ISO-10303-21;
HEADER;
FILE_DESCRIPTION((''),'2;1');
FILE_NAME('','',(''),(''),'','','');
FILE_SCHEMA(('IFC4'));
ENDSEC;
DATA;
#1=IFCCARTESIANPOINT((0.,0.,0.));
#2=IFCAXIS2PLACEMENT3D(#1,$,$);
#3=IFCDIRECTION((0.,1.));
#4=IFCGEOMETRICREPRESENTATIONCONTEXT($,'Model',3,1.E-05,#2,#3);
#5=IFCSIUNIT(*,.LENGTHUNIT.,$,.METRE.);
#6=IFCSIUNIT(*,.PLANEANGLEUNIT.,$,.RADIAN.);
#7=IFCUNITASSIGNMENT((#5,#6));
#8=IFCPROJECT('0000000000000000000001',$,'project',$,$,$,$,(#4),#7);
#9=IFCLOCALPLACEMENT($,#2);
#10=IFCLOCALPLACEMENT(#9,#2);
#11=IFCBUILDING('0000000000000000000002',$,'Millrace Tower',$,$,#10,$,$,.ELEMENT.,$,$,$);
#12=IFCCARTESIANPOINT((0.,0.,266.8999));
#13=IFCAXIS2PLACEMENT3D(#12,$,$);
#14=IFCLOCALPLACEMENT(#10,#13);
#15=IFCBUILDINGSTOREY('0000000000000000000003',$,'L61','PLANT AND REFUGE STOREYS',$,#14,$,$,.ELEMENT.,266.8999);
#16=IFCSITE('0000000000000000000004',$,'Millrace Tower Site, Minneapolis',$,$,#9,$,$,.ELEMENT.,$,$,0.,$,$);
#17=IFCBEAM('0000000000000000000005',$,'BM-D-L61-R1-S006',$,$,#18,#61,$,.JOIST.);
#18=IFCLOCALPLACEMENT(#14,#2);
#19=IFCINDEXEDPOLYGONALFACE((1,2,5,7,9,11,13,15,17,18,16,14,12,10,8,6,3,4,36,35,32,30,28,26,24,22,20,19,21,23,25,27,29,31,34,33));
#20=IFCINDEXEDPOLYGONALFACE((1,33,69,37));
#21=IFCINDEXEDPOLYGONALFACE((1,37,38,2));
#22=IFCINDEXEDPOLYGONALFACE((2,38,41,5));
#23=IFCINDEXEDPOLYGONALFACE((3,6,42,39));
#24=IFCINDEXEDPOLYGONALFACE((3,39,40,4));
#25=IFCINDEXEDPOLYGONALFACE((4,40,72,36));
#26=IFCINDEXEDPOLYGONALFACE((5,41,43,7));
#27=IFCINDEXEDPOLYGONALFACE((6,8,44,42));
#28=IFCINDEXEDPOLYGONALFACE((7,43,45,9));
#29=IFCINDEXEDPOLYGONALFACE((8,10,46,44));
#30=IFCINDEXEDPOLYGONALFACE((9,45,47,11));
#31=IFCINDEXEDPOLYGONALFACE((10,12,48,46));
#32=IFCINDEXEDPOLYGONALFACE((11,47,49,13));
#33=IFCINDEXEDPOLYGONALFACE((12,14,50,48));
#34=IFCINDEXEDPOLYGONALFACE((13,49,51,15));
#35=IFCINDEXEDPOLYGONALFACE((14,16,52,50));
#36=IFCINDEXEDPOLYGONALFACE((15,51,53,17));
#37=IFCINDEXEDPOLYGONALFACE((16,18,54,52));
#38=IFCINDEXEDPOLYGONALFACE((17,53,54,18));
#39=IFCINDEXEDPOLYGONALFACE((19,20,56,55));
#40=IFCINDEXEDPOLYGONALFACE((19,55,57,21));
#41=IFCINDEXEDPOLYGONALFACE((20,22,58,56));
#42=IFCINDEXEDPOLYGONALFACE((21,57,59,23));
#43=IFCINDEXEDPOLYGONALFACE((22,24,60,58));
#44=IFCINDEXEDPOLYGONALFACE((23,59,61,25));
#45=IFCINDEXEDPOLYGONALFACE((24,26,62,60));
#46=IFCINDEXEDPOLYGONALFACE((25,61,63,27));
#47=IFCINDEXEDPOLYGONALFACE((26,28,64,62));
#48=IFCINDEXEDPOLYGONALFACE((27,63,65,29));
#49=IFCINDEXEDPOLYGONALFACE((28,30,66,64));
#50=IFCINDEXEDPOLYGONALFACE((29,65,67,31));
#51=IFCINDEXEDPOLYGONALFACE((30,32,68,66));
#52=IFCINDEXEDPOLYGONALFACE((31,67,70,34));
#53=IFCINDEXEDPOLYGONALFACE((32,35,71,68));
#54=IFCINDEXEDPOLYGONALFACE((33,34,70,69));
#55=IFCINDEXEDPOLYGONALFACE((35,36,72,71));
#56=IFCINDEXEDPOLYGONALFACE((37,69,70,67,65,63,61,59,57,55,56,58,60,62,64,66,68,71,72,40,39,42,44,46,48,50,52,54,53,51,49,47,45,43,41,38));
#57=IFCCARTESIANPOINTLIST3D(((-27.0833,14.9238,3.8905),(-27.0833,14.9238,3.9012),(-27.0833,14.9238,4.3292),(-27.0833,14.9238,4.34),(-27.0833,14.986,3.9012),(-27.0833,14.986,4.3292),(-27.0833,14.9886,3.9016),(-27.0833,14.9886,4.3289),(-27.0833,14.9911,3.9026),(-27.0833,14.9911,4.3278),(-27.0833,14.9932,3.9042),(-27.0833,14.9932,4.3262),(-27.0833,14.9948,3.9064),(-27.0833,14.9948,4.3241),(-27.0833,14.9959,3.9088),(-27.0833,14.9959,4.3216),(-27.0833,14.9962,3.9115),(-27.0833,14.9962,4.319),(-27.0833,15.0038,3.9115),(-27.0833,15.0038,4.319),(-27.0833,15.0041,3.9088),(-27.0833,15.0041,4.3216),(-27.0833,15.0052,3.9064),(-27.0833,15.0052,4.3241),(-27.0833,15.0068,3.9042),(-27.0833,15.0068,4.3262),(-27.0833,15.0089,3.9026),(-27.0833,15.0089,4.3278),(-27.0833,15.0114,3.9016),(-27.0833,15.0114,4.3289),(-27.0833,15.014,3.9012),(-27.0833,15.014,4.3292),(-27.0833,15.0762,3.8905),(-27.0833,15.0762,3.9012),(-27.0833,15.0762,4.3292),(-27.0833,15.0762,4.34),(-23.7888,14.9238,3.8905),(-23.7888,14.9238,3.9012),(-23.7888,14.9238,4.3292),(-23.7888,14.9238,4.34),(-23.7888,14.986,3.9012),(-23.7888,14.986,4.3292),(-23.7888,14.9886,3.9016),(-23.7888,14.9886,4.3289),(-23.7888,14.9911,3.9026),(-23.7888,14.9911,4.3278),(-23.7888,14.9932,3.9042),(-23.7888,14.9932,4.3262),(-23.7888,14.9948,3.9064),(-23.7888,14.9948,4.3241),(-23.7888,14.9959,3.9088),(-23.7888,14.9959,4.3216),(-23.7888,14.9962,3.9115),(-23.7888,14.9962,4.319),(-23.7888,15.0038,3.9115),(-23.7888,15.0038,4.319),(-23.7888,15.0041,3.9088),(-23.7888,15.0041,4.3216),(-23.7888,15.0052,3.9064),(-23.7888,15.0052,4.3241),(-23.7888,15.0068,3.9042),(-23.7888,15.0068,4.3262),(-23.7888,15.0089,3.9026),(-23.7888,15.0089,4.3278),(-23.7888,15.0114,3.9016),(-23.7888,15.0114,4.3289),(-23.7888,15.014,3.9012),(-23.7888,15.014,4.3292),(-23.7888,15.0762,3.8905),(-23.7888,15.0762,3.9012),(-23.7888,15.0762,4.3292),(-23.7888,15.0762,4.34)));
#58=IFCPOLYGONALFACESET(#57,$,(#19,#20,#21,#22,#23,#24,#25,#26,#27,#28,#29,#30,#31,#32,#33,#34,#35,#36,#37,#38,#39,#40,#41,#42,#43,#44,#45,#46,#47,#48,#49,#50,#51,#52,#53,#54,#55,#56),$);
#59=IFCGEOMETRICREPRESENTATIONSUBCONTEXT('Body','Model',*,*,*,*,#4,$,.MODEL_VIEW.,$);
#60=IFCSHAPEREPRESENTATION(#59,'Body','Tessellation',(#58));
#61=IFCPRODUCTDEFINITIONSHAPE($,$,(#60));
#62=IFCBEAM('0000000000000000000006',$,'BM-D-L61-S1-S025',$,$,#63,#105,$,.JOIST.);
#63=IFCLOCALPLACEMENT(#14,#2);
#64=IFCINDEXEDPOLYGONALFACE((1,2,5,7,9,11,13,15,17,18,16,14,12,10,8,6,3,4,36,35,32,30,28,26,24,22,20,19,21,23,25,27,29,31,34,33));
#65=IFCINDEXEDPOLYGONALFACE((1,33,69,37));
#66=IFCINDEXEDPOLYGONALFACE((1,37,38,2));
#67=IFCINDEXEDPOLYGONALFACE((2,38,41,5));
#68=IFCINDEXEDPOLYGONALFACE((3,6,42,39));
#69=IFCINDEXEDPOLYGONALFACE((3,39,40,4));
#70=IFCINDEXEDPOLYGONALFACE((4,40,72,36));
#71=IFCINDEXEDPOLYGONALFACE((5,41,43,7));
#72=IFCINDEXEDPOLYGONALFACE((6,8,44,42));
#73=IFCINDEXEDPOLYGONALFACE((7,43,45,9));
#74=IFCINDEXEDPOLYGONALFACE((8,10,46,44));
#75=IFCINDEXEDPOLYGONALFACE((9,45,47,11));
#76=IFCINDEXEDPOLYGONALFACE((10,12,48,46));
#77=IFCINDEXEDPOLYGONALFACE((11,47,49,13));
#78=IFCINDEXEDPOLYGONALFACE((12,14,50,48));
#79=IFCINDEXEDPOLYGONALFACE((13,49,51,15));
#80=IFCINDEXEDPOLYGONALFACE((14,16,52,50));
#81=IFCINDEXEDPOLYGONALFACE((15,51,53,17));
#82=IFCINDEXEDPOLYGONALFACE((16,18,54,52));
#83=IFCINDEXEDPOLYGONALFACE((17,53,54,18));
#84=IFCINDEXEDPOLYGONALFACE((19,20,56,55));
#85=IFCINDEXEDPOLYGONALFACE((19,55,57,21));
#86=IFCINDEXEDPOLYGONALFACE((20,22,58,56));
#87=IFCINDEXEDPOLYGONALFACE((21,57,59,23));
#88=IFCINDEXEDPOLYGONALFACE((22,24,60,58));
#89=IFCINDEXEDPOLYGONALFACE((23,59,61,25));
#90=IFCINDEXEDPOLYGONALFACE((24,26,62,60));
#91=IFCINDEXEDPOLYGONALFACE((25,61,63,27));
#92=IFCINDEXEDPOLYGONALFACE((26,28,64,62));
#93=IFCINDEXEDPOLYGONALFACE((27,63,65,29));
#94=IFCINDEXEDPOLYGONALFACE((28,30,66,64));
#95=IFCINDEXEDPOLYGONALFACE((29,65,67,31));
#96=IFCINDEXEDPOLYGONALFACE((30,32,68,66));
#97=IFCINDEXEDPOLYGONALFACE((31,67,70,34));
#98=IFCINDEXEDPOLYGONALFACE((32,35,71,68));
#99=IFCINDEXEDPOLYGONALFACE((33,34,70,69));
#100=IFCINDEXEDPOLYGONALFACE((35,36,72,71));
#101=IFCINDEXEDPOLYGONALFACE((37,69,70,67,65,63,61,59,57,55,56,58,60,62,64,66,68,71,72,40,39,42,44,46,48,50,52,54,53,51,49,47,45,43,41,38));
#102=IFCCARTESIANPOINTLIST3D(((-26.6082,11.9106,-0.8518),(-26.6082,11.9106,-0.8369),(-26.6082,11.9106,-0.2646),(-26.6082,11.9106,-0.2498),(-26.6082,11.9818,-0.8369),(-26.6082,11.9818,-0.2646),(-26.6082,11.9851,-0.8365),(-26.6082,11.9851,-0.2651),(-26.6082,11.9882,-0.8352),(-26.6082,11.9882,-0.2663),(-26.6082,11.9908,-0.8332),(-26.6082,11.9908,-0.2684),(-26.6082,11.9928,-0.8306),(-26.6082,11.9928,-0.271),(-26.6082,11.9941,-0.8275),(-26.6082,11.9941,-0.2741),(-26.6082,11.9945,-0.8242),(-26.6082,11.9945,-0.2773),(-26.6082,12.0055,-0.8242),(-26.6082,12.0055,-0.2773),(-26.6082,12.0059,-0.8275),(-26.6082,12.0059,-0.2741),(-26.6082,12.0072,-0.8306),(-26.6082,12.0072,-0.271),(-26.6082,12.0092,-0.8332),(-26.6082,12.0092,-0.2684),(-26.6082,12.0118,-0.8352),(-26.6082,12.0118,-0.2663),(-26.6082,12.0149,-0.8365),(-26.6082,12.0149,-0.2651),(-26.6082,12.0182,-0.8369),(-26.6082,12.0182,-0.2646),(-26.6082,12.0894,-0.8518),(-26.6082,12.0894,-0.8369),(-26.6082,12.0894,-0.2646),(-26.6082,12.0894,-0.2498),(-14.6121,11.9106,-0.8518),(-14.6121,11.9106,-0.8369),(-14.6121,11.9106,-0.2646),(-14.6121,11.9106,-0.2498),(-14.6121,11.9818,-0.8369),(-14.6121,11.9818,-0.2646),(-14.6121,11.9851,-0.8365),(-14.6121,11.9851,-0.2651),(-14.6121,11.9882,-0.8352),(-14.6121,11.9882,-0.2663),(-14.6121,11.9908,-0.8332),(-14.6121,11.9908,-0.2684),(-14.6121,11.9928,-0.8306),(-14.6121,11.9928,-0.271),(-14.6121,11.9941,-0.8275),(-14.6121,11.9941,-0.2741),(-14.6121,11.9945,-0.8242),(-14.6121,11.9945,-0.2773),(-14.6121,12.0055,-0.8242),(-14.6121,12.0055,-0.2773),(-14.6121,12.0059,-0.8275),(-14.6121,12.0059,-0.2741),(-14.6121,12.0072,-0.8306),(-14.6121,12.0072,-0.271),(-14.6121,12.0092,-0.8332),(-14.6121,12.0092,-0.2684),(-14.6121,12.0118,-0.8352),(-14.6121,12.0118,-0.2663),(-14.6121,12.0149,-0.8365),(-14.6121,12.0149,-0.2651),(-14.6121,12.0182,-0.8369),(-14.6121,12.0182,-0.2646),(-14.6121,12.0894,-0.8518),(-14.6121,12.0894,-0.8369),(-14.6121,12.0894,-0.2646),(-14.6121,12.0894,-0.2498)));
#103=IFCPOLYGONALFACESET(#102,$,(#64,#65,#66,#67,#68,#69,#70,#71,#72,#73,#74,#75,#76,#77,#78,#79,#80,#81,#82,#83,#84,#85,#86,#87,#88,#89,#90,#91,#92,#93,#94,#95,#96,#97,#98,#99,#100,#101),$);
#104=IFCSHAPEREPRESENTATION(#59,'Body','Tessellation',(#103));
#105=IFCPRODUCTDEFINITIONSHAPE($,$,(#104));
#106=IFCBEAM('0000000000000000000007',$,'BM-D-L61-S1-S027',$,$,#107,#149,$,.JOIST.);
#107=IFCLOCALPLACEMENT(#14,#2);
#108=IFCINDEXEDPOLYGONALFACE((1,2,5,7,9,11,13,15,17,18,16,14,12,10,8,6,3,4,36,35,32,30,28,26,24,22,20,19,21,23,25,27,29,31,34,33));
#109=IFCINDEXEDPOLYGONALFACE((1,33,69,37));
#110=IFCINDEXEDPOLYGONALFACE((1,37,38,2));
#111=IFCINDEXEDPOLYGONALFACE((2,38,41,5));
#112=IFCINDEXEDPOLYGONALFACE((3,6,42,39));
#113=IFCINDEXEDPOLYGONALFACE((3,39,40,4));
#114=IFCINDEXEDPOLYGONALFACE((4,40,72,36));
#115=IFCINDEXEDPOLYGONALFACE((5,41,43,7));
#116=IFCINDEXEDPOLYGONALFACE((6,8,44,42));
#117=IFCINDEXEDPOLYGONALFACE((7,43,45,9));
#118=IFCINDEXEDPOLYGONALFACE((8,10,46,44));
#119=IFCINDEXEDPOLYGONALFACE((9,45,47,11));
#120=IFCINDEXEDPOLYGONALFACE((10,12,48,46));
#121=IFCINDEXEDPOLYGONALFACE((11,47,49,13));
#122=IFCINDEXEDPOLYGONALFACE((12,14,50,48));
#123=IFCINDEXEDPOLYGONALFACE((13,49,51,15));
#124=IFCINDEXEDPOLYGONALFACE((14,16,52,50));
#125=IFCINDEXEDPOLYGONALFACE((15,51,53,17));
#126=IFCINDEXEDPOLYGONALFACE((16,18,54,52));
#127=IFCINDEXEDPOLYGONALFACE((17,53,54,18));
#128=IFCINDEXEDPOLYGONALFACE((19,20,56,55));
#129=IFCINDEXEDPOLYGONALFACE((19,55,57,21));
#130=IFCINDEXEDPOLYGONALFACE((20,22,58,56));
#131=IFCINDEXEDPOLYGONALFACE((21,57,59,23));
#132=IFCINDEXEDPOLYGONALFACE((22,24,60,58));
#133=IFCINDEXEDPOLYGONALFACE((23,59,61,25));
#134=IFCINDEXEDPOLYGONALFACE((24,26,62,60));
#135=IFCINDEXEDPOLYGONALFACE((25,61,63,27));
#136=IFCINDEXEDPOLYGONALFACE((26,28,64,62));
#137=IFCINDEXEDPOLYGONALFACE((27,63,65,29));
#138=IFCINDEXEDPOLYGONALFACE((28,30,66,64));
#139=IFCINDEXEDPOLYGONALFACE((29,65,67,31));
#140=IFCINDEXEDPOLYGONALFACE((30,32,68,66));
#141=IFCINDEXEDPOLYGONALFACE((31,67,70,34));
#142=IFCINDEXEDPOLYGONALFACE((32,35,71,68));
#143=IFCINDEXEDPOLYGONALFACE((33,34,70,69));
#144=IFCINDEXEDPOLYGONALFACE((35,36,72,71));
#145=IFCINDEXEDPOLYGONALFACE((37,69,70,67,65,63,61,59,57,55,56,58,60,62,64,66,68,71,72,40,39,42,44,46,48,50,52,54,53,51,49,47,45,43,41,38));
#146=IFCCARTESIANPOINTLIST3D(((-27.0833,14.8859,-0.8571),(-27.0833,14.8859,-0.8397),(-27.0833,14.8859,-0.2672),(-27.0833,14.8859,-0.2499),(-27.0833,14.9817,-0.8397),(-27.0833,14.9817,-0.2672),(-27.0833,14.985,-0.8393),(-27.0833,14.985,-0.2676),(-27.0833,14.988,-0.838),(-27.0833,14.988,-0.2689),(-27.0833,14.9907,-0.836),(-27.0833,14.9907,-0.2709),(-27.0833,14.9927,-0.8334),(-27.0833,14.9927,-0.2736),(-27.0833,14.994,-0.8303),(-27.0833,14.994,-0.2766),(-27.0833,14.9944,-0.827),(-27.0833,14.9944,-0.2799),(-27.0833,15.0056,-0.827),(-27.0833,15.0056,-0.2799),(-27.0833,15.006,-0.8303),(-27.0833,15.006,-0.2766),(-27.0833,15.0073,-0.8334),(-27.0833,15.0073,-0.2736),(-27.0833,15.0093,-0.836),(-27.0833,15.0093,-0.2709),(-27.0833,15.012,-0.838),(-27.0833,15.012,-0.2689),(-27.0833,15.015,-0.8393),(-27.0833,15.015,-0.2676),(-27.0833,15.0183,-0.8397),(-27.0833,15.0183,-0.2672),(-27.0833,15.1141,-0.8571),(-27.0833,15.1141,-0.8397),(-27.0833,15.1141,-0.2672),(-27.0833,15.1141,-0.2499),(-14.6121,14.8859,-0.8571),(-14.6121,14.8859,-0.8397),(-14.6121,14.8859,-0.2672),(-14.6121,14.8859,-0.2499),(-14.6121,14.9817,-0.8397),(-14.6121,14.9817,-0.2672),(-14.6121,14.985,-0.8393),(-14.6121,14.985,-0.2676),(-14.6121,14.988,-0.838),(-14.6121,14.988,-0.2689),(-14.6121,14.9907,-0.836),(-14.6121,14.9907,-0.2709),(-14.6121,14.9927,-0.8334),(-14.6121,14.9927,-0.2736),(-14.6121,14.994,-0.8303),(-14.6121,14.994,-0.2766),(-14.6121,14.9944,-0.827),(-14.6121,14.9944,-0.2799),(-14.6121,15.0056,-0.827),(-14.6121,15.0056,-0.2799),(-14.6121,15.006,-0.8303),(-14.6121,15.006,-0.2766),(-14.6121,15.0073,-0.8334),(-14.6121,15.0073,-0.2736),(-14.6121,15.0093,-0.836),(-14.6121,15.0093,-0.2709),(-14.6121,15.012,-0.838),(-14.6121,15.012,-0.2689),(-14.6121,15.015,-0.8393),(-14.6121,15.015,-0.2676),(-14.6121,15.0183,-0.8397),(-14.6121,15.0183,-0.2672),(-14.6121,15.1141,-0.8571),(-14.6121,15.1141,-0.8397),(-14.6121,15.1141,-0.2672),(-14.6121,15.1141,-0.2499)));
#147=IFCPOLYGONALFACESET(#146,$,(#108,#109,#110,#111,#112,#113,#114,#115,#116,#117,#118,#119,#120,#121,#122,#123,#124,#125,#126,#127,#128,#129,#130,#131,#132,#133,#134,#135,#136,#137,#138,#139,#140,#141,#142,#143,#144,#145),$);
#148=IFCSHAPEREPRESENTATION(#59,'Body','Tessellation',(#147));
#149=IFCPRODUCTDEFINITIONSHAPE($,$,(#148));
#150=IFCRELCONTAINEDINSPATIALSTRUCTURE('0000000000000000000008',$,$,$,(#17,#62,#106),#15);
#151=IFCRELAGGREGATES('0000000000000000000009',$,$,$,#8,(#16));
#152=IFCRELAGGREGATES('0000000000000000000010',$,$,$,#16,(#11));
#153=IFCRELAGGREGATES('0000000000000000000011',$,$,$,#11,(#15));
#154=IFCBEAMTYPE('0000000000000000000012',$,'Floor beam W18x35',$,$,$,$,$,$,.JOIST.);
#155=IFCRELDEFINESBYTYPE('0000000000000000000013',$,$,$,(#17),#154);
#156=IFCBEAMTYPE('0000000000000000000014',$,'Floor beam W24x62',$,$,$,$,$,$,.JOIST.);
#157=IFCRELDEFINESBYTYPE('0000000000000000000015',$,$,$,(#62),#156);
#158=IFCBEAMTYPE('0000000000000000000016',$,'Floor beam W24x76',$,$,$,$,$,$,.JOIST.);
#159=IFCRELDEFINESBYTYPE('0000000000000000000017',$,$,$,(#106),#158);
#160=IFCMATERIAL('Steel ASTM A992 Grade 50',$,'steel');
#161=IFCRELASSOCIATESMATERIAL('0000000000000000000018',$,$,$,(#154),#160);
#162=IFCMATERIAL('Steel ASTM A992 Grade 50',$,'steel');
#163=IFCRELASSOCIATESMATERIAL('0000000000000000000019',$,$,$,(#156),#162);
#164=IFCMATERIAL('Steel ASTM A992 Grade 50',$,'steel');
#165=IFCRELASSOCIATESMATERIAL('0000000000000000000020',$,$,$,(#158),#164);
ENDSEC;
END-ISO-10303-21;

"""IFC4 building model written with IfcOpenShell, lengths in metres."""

from ifc_helpers import new_model, si_unit, direction, frame, origin, origin_2d, place, context, subcontext, project, spatial, i_section, extrude, material, material_profile, profile_set, type_object, element, save


model = new_model("IFC4")

# Units and contexts
model_context = context("Model", 3, precision=1e-05, world=origin(), true_north=direction((0.0, 1.0)))
body_context = subcontext(model_context, "Body", "Model", "MODEL_VIEW")
ifc_project = project(units=[si_unit("LENGTHUNIT", "METRE"), si_unit("PLANEANGLEUNIT", "RADIAN")], contexts=[model_context])

# Site, building, storey
site_placement = place(None, origin())
site = spatial("IfcSite", under=ifc_project, at=site_placement, Name="Millrace Tower Site, Minneapolis", CompositionType="ELEMENT", RefElevation=0.0)
building_placement = place(site_placement, origin())
building = spatial("IfcBuilding", under=site, at=building_placement, Name="Millrace Tower", CompositionType="ELEMENT")
storey_placement = place(building_placement, frame((0.0, 0.0, 266.8999)))
storey = spatial("IfcBuildingStorey", under=building, at=storey_placement, Name="L61", Description="PLANT AND REFUGE STOREYS", CompositionType="ELEMENT", Elevation=266.8999)

# Beams
ifc_material_1 = material(Name="Steel ASTM A992 Grade 50", Category="steel")
ifc_material_profile_1 = material_profile(ifc_material_1, i_section(OverallWidth=0.1523, OverallDepth=0.4495, WebThickness=0.0076, FlangeThickness=0.0107, FilletRadius=0.0103, at=origin_2d()))
ifc_profile_set_1 = profile_set([ifc_material_profile_1], Name="Steel ASTM A992 Grade 50")
beam_type_1 = type_object("IfcBeamType", Name="Floor beam W18x35", PredefinedType="JOIST", material=ifc_profile_set_1)
beam_1_placement = place(storey_placement, frame((-27.0833, 15.0, 4.1152), z_axis=(1.0, 0.0, 0.0), x_axis=(0.0, 1.0, 0.0)))
element("IfcBeam", 1, at=beam_1_placement, inside=storey, type_object=beam_type_1, Name="BM-D-L61-R1-S006", PredefinedType="JOIST", context=body_context, shape_type="SweptSolid", body=[
    extrude(i_section(OverallWidth=0.1523, OverallDepth=0.4495, WebThickness=0.0076, FlangeThickness=0.0107, FilletRadius=0.0103, at=origin_2d()), origin(), (0.0, 0.0, 1.0), 3.2944),
])
ifc_material_2 = material(Name="Steel ASTM A992 Grade 50", Category="steel")
ifc_material_profile_2 = material_profile(ifc_material_2, i_section(OverallWidth=0.1787, OverallDepth=0.6021, WebThickness=0.011, FlangeThickness=0.0149, FilletRadius=0.0127, at=origin_2d()))
ifc_profile_set_2 = profile_set([ifc_material_profile_2], Name="Steel ASTM A992 Grade 50")
beam_type_2 = type_object("IfcBeamType", Name="Floor beam W24x62", PredefinedType="JOIST", material=ifc_profile_set_2)
beam_2_placement = place(storey_placement, frame((-26.6082, 12.0, -0.5508), z_axis=(1.0, 0.0, 0.0), x_axis=(0.0, 1.0, 0.0)))
element("IfcBeam", 2, at=beam_2_placement, inside=storey, type_object=beam_type_2, Name="BM-D-L61-S1-S025", PredefinedType="JOIST", context=body_context, shape_type="SweptSolid", body=[
    extrude(i_section(OverallWidth=0.1787, OverallDepth=0.6021, WebThickness=0.011, FlangeThickness=0.0149, FilletRadius=0.0127, at=origin_2d()), origin(), (0.0, 0.0, 1.0), 11.9961),
])
ifc_material_3 = material(Name="Steel ASTM A992 Grade 50", Category="steel")
ifc_material_profile_3 = material_profile(ifc_material_3, i_section(OverallWidth=0.2283, OverallDepth=0.6072, WebThickness=0.0112, FlangeThickness=0.0173, FilletRadius=0.0127, at=origin_2d()))
ifc_profile_set_3 = profile_set([ifc_material_profile_3], Name="Steel ASTM A992 Grade 50")
beam_type_3 = type_object("IfcBeamType", Name="Floor beam W24x76", PredefinedType="JOIST", material=ifc_profile_set_3)
beam_3_placement = place(storey_placement, frame((-27.0833, 15.0, -0.5535), z_axis=(1.0, 0.0, 0.0), x_axis=(0.0, 1.0, 0.0)))
element("IfcBeam", 3, at=beam_3_placement, inside=storey, type_object=beam_type_3, Name="BM-D-L61-S1-S027", PredefinedType="JOIST", context=body_context, shape_type="SweptSolid", body=[
    extrude(i_section(OverallWidth=0.2283, OverallDepth=0.6072, WebThickness=0.0112, FlangeThickness=0.0173, FilletRadius=0.0127, at=origin_2d()), origin(), (0.0, 0.0, 1.0), 12.4712),
])

save(model, "model.ifc")
